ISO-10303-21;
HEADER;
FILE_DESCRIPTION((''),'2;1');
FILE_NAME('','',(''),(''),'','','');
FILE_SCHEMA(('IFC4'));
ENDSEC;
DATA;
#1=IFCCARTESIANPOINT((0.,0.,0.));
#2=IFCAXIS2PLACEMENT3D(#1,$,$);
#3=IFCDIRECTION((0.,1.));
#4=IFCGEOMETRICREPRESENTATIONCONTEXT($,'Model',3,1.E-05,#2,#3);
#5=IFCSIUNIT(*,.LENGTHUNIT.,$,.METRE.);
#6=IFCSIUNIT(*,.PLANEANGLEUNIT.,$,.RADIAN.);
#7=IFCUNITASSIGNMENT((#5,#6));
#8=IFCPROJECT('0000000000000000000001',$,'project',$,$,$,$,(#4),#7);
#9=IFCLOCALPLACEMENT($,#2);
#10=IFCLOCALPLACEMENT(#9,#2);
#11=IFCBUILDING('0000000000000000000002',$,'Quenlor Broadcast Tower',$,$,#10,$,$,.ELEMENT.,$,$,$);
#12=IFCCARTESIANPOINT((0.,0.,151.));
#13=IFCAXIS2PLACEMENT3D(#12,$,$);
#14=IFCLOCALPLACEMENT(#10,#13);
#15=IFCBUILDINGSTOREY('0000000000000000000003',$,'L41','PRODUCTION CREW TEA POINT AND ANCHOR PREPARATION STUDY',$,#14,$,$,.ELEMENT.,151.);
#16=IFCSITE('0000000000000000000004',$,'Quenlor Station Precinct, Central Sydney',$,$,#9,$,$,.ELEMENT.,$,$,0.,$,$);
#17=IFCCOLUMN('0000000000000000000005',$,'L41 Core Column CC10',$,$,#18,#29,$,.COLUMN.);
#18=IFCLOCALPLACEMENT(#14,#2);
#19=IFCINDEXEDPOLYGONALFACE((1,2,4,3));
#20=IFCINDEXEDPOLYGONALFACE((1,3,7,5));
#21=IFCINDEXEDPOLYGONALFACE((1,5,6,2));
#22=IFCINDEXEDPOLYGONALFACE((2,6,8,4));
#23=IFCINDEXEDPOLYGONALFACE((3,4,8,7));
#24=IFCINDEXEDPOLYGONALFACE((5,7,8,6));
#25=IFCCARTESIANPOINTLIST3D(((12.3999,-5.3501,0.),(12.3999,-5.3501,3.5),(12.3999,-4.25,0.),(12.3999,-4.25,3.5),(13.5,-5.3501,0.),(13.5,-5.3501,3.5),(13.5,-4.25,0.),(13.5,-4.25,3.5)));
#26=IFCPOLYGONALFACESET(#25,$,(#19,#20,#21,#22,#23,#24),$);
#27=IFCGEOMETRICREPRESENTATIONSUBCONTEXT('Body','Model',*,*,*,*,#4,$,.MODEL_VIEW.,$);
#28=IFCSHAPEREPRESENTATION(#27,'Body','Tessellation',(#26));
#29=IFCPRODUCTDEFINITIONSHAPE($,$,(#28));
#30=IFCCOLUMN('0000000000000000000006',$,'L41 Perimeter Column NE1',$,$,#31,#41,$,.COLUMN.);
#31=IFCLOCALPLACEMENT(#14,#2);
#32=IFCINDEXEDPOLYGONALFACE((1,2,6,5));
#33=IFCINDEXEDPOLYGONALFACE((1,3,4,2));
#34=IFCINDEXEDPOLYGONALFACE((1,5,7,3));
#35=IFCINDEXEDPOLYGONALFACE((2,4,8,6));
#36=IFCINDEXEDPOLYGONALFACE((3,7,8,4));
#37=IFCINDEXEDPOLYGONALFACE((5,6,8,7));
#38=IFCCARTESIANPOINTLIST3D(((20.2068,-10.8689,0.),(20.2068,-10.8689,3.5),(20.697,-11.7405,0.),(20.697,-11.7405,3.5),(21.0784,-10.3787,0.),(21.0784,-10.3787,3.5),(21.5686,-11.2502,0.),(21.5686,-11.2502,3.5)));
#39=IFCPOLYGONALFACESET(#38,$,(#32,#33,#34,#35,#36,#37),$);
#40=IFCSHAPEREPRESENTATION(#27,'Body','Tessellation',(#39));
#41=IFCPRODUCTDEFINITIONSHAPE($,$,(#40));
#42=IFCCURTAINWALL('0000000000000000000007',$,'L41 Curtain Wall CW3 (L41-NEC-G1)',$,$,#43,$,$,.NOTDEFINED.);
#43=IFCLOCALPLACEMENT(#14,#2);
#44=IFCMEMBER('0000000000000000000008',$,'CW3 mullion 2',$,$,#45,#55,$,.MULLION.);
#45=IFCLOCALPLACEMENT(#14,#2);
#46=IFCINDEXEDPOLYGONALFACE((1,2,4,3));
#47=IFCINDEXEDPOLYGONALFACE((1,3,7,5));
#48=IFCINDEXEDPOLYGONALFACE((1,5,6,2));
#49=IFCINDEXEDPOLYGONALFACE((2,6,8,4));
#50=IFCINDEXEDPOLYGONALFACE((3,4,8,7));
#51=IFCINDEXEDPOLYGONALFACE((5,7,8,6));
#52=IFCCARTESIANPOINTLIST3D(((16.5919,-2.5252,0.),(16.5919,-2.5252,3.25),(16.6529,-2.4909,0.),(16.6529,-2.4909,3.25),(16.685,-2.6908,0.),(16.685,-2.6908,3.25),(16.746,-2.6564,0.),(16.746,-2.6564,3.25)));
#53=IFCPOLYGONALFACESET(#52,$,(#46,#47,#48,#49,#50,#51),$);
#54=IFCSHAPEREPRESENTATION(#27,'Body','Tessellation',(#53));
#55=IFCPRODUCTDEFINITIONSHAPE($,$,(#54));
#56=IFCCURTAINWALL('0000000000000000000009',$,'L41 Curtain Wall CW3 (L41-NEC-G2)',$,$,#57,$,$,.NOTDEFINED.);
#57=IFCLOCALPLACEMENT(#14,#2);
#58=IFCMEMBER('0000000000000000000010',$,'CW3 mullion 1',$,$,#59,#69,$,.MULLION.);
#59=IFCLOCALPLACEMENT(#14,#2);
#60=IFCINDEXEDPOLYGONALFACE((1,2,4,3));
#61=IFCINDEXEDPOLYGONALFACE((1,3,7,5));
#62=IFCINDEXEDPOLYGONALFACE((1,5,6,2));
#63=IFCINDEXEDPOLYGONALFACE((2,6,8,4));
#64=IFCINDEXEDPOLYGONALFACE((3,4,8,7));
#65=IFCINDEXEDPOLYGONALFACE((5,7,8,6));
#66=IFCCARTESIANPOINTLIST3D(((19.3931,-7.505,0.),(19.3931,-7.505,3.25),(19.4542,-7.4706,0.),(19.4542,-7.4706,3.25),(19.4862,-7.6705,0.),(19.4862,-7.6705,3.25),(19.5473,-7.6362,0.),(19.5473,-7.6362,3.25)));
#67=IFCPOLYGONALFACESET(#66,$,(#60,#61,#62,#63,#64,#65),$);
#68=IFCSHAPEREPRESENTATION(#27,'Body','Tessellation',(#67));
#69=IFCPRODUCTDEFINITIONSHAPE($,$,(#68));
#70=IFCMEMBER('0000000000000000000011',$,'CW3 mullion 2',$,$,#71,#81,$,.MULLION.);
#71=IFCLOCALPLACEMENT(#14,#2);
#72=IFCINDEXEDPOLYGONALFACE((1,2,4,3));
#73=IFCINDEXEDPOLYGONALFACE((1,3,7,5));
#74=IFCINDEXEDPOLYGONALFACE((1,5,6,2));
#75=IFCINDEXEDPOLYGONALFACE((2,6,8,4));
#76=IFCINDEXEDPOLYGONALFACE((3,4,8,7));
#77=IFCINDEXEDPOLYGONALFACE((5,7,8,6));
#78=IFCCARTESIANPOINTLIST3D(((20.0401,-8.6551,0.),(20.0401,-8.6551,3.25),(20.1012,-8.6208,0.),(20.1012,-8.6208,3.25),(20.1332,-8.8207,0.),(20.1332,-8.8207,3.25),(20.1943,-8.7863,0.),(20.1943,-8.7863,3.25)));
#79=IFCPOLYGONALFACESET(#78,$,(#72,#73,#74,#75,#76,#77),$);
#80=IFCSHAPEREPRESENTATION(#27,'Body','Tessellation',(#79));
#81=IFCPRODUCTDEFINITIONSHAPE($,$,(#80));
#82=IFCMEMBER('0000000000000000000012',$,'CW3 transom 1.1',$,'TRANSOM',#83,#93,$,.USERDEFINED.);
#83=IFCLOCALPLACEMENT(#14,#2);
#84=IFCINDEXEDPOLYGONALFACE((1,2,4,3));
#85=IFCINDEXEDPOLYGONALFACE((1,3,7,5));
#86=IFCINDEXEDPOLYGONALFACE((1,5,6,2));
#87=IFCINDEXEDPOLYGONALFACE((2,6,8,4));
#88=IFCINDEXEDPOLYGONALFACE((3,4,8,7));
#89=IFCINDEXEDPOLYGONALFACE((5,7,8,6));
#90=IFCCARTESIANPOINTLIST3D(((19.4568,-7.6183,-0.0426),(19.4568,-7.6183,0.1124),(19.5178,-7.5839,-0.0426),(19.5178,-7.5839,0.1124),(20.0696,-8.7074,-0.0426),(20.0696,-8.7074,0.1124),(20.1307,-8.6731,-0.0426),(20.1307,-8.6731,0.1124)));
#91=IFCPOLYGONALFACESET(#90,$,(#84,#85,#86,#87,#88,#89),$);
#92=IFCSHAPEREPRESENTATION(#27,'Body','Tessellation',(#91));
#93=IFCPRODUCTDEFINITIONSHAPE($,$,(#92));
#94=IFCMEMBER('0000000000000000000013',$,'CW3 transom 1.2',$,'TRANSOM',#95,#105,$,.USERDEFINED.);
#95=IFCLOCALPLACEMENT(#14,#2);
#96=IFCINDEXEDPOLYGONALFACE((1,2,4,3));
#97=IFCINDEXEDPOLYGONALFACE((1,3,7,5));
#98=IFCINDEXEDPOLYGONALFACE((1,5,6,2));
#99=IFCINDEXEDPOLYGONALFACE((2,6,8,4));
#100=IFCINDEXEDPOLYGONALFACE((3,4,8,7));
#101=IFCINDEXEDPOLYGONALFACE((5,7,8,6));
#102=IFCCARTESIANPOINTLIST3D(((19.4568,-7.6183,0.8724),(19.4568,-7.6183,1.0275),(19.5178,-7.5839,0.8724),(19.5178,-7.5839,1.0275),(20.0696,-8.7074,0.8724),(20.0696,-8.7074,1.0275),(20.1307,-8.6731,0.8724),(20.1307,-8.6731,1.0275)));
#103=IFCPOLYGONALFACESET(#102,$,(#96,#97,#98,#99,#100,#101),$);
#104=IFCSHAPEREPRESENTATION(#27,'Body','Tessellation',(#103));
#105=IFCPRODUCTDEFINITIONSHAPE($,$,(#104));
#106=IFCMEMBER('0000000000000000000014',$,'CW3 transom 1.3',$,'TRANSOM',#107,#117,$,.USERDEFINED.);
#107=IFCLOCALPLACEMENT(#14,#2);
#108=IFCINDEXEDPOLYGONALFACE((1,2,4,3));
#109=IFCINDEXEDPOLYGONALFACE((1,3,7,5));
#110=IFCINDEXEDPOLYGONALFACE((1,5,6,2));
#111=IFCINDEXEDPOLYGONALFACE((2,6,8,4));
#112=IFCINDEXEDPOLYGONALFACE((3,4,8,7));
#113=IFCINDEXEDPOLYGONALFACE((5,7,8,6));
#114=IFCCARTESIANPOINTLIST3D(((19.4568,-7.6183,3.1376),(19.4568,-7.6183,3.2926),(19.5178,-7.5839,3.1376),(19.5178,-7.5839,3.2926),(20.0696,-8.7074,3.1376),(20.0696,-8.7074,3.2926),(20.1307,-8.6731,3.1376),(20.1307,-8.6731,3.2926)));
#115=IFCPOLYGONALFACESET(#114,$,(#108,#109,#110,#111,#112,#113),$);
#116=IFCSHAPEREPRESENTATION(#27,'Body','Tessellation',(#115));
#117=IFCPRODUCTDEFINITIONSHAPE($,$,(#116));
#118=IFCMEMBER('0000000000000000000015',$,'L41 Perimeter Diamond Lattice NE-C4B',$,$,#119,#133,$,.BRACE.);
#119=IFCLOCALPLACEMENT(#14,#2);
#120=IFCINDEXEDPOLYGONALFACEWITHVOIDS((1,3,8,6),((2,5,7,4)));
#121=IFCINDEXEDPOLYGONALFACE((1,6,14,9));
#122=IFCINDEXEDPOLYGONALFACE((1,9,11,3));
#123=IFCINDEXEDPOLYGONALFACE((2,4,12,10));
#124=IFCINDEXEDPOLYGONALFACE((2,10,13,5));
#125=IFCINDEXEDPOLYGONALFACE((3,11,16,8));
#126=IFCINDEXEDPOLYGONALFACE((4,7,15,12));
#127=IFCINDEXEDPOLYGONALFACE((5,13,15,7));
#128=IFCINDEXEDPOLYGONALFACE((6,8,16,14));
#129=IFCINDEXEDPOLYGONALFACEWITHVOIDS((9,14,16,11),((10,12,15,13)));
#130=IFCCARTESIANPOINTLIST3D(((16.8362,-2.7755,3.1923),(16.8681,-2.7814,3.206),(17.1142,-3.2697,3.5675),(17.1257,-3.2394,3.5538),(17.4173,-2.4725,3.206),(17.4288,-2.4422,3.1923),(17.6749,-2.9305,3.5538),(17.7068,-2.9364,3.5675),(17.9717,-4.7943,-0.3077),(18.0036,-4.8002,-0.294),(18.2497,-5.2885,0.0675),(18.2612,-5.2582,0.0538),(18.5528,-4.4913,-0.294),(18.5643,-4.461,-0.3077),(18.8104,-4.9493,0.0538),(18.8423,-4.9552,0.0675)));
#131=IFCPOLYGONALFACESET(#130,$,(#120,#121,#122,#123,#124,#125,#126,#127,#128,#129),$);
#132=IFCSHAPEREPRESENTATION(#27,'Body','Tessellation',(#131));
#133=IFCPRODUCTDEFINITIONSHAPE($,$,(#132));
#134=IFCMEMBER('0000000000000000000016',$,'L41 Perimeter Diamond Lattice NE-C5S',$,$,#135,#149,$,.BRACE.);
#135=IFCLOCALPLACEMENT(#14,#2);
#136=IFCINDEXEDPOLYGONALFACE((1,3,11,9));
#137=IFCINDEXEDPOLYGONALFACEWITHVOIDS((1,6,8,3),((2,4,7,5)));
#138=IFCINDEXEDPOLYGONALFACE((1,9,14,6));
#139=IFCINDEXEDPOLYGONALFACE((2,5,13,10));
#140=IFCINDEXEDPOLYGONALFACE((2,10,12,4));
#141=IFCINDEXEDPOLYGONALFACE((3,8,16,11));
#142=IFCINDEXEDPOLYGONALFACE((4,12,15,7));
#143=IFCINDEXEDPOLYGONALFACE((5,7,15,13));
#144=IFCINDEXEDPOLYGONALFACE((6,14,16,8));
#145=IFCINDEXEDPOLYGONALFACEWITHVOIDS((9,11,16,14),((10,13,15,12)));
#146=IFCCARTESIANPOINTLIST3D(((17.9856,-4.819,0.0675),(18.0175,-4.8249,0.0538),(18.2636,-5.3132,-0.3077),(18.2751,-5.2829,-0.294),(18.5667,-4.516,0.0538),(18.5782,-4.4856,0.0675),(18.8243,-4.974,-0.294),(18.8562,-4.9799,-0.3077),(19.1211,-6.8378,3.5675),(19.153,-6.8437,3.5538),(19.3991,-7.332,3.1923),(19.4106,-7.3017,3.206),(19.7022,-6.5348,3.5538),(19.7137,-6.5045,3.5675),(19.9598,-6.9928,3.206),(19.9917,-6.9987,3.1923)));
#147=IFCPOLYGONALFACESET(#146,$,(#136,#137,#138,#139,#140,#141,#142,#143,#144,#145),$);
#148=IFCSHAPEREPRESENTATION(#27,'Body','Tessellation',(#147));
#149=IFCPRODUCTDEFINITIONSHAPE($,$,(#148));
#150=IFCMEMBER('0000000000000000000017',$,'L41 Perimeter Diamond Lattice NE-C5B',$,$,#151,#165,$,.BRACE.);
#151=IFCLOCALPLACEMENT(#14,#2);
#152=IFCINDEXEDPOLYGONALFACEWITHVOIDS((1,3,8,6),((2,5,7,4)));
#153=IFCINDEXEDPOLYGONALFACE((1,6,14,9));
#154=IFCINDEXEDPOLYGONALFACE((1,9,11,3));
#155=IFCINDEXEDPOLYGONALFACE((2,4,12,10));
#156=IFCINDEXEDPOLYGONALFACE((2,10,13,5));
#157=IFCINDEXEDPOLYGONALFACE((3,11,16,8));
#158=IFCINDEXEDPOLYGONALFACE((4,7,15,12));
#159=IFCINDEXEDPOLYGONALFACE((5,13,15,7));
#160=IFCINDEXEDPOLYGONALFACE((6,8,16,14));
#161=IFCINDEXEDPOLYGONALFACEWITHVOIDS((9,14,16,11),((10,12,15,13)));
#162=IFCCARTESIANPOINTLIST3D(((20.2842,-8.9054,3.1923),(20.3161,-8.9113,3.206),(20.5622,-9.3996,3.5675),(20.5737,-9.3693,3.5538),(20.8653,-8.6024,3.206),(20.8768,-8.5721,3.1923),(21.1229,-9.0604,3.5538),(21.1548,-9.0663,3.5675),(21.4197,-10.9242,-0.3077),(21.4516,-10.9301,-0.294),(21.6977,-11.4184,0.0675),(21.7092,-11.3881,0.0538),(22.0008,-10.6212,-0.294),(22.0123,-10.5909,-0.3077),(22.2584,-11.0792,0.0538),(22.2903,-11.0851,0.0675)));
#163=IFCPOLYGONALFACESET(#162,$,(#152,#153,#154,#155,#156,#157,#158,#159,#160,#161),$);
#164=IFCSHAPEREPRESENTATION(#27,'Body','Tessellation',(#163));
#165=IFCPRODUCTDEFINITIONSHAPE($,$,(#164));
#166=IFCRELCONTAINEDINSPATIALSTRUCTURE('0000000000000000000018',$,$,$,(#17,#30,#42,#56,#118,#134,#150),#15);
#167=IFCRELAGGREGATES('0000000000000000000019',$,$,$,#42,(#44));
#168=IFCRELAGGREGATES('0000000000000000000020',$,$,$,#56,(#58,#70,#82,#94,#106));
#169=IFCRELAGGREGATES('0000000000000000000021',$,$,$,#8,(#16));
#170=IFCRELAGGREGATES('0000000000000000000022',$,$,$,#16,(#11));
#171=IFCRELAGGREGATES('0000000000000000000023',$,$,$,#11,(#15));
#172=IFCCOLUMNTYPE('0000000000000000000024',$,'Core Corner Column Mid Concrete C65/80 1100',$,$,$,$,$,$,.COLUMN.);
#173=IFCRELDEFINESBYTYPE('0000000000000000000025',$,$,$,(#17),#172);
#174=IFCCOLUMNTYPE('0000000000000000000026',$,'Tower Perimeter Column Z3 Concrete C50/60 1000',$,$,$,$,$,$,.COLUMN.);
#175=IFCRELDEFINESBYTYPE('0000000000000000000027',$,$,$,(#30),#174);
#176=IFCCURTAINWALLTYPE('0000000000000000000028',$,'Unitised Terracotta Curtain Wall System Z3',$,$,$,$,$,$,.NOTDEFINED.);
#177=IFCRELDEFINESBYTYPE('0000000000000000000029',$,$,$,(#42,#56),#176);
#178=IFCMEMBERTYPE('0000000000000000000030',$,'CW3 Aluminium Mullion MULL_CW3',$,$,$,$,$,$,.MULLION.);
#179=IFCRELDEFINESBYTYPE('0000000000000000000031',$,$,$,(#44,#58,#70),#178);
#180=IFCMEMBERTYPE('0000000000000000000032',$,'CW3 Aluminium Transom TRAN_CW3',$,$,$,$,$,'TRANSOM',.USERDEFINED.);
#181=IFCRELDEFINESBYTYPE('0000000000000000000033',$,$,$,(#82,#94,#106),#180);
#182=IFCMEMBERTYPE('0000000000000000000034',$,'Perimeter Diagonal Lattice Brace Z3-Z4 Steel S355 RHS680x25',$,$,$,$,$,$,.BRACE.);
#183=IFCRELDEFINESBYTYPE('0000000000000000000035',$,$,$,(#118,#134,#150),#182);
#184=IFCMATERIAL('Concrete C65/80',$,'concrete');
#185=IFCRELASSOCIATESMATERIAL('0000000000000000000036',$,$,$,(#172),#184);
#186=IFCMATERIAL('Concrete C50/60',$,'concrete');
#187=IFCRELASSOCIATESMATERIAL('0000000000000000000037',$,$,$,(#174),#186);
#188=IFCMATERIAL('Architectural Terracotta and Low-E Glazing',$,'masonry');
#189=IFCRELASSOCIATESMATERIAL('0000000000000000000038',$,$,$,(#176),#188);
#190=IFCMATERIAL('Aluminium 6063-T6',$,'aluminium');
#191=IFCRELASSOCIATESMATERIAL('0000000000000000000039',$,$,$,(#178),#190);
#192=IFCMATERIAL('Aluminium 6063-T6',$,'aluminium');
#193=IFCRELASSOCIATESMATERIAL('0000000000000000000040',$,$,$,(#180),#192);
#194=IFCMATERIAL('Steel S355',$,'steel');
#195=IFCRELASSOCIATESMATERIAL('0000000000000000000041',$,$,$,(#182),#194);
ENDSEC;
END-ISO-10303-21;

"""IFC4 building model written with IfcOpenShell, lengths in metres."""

from ifc_helpers import new_model, si_unit, direction, frame, origin, origin_2d, place, context, subcontext, project, spatial, rectangle, hollow_rectangle, extrude, material, material_profile, profile_set, type_object, element, aggregate, save


model = new_model("IFC4")

# Units and contexts
model_context = context("Model", 3, precision=1e-05, world=origin(), true_north=direction((0.0, 1.0)))
body_context = subcontext(model_context, "Body", "Model", "MODEL_VIEW")
ifc_project = project(units=[si_unit("LENGTHUNIT", "METRE"), si_unit("PLANEANGLEUNIT", "RADIAN")], contexts=[model_context])

# Site, building, storey
site_placement = place(None, origin())
site = spatial("IfcSite", under=ifc_project, at=site_placement, Name="Quenlor Station Precinct, Central Sydney", CompositionType="ELEMENT", RefElevation=0.0)
building_placement = place(site_placement, origin())
building = spatial("IfcBuilding", under=site, at=building_placement, Name="Quenlor Broadcast Tower", CompositionType="ELEMENT")
storey_placement = place(building_placement, frame((0.0, 0.0, 151.0)))
storey = spatial("IfcBuildingStorey", under=building, at=storey_placement, Name="L41", Description="PRODUCTION CREW TEA POINT AND ANCHOR PREPARATION STUDY", CompositionType="ELEMENT", Elevation=151.0)

# Columns
ifc_material_1 = material(Name="Concrete C65/80", Category="concrete")
ifc_material_profile_1 = material_profile(ifc_material_1, rectangle(XDim=1.1001, YDim=1.1001, at=origin_2d()))
ifc_profile_set_1 = profile_set([ifc_material_profile_1], Name="Concrete C65/80 RC1100x1100")
column_type_1 = type_object("IfcColumnType", Name="Core Corner Column Mid Concrete C65/80 1100", PredefinedType="COLUMN", material=ifc_profile_set_1)
column_1_placement = place(storey_placement, frame((12.95, -4.8, 0.0), z_axis=(0.0, 0.0, 1.0), x_axis=(1.0, 0.0, 0.0)))
element("IfcColumn", 1, at=column_1_placement, inside=storey, type_object=column_type_1, Name="L41 Core Column CC10", PredefinedType="COLUMN", context=body_context, shape_type="SweptSolid", body=[
    extrude(rectangle(XDim=1.1001, YDim=1.1001, at=origin_2d()), origin(), (0.0, 0.0, 1.0), 3.5),
])
ifc_material_2 = material(Name="Concrete C50/60", Category="concrete")
ifc_material_profile_2 = material_profile(ifc_material_2, rectangle(XDim=1.0, YDim=1.0, at=origin_2d()))
ifc_profile_set_2 = profile_set([ifc_material_profile_2], Name="Concrete C50/60 RC1000x1000")
column_type_2 = type_object("IfcColumnType", Name="Tower Perimeter Column Z3 Concrete C50/60 1000", PredefinedType="COLUMN", material=ifc_profile_set_2)
column_2_placement = place(storey_placement, frame((20.8877, -11.0596, 0.0), z_axis=(0.0, 0.0, 1.0), x_axis=(0.871575, 0.490262, 0.0)))
element("IfcColumn", 2, at=column_2_placement, inside=storey, type_object=column_type_2, Name="L41 Perimeter Column NE1", PredefinedType="COLUMN", context=body_context, shape_type="SweptSolid", body=[
    extrude(rectangle(XDim=1.0, YDim=1.0, at=origin_2d()), origin(), (0.0, 0.0, 1.0), 3.5),
])

# Curtain wall, member
ifc_material_3 = material(Name="Architectural Terracotta and Low-E Glazing", Category="masonry")
curtain_wall_type = type_object("IfcCurtainWallType", Name="Unitised Terracotta Curtain Wall System Z3", PredefinedType="NOTDEFINED", material=ifc_material_3)
curtain_wall_1_placement = place(storey_placement, origin())
curtain_wall_1 = element("IfcCurtainWall", 3, at=curtain_wall_1_placement, inside=storey, type_object=curtain_wall_type, Name="L41 Curtain Wall CW3 (L41-NEC-G1)", PredefinedType="NOTDEFINED")
ifc_material_4 = material(Name="Aluminium 6063-T6", Category="aluminium")
ifc_material_profile_3 = material_profile(ifc_material_4, rectangle(XDim=0.0701, YDim=0.1899, at=origin_2d()))
ifc_profile_set_3 = profile_set([ifc_material_profile_3], Name="Aluminium 6063-T6 MULL70x190")
member_type_1 = type_object("IfcMemberType", Name="CW3 Aluminium Mullion MULL_CW3", PredefinedType="MULLION", material=ifc_profile_set_3)
member_1_placement = place(storey_placement, frame((16.6689, -2.5908, 0.0), z_axis=(0.0, 0.0, 1.0), x_axis=(0.87158, 0.490253, 0.0)))
member_1 = element("IfcMember", 4, at=member_1_placement, type_object=member_type_1, Name="CW3 mullion 2", PredefinedType="MULLION", context=body_context, shape_type="SweptSolid", body=[
    extrude(rectangle(XDim=0.0701, YDim=0.1899, at=origin_2d()), origin(), (0.0, 0.0, 1.0), 3.25),
])
aggregate(curtain_wall_1, [member_1])

# Curtain wall, members
curtain_wall_2_placement = place(storey_placement, origin())
curtain_wall_2 = element("IfcCurtainWall", 5, at=curtain_wall_2_placement, inside=storey, type_object=curtain_wall_type, Name="L41 Curtain Wall CW3 (L41-NEC-G2)", PredefinedType="NOTDEFINED")
member_2_placement = place(storey_placement, frame((19.4702, -7.5706, 0.0), z_axis=(0.0, 0.0, 1.0), x_axis=(0.871576, 0.490261, 0.0)))
member_2 = element("IfcMember", 6, at=member_2_placement, type_object=member_type_1, Name="CW3 mullion 1", PredefinedType="MULLION", context=body_context, shape_type="SweptSolid", body=[
    extrude(rectangle(XDim=0.0701, YDim=0.1899, at=origin_2d()), origin(), (0.0, 0.0, 1.0), 3.25),
])
member_3_placement = place(storey_placement, frame((20.1172, -8.7207, 0.0), z_axis=(0.0, 0.0, 1.0), x_axis=(0.871576, 0.490261, 0.0)))
member_3 = element("IfcMember", 7, at=member_3_placement, type_object=member_type_1, Name="CW3 mullion 2", PredefinedType="MULLION", context=body_context, shape_type="SweptSolid", body=[
    extrude(rectangle(XDim=0.0701, YDim=0.1899, at=origin_2d()), origin(), (0.0, 0.0, 1.0), 3.25),
])
ifc_material_5 = material(Name="Aluminium 6063-T6", Category="aluminium")
ifc_material_profile_4 = material_profile(ifc_material_5, rectangle(XDim=0.0701, YDim=0.155, at=origin_2d()))
ifc_profile_set_4 = profile_set([ifc_material_profile_4], Name="Aluminium 6063-T6 TRAN70x155")
member_type_2 = type_object("IfcMemberType", Name="CW3 Aluminium Transom TRAN_CW3", ElementType="TRANSOM", PredefinedType="USERDEFINED", material=ifc_profile_set_4)
member_4_placement = place(storey_placement, frame((19.4873, -7.6011, 0.0349), z_axis=(0.490363, -0.871518, 0.0), x_axis=(0.871518, 0.490363, 0.0)))
member_4 = element("IfcMember", 8, at=member_4_placement, type_object=member_type_2, Name="CW3 transom 1.1", ObjectType="TRANSOM", PredefinedType="USERDEFINED", context=body_context, shape_type="SweptSolid", body=[
    extrude(rectangle(XDim=0.0701, YDim=0.155, at=origin_2d()), origin(), (0.0, 0.0, 1.0), 1.2498),
])
member_5_placement = place(storey_placement, frame((19.4873, -7.6011, 0.95), z_axis=(0.490363, -0.871518, 0.0), x_axis=(0.871518, 0.490363, 0.0)))
member_5 = element("IfcMember", 9, at=member_5_placement, type_object=member_type_2, Name="CW3 transom 1.2", ObjectType="TRANSOM", PredefinedType="USERDEFINED", context=body_context, shape_type="SweptSolid", body=[
    extrude(rectangle(XDim=0.0701, YDim=0.155, at=origin_2d()), origin(), (0.0, 0.0, 1.0), 1.2498),
])
member_6_placement = place(storey_placement, frame((19.4873, -7.6011, 3.2151), z_axis=(0.490363, -0.871518, 0.0), x_axis=(0.871518, 0.490363, 0.0)))
member_6 = element("IfcMember", 10, at=member_6_placement, type_object=member_type_2, Name="CW3 transom 1.3", ObjectType="TRANSOM", PredefinedType="USERDEFINED", context=body_context, shape_type="SweptSolid", body=[
    extrude(rectangle(XDim=0.0701, YDim=0.155, at=origin_2d()), origin(), (0.0, 0.0, 1.0), 1.2498),
])

# Members
ifc_material_6 = material(Name="Steel S355", Category="steel")
ifc_material_profile_5 = material_profile(ifc_material_6, hollow_rectangle(XDim=0.6799, YDim=0.6799, WallThickness=0.0249, at=origin_2d()))
ifc_profile_set_5 = profile_set([ifc_material_profile_5], Name="Steel S355 RHS680x680x25")
member_type_3 = type_object("IfcMemberType", Name="Perimeter Diagonal Lattice Brace Z3-Z4 Steel S355 RHS680x25", PredefinedType="BRACE", material=ifc_profile_set_5)
for number, where, z_axis, x_axis, name in (
    (11, (18.407, -4.8748, -0.1201), (-0.270549, 0.481009, 0.833927), (-0.87159, -0.490236, 0.0), "L41 Perimeter Diamond Lattice NE-C4B"),
    (12, (18.4209, -4.8994, -0.1201), (0.270549, -0.481009, 0.833927), (0.87159, 0.490236, 0.0), "L41 Perimeter Diamond Lattice NE-C5S"),
    (13, (21.855, -11.0046, -0.1201), (-0.270549, 0.481009, 0.833927), (-0.87159, -0.490236, 0.0), "L41 Perimeter Diamond Lattice NE-C5B"),
):
    element("IfcMember", number, at=place(storey_placement, frame(where, z_axis=z_axis, x_axis=x_axis)), inside=storey, type_object=member_type_3, Name=name, PredefinedType="BRACE", context=body_context, shape_type="SweptSolid", body=[
        extrude(hollow_rectangle(XDim=0.6799, YDim=0.6799, WallThickness=0.0249, at=origin_2d()), origin(), (0.0, 0.0, 1.0), 4.197),
    ])

aggregate(curtain_wall_2, [member_2, member_3, member_4, member_5, member_6])

save(model, "model.ifc")
